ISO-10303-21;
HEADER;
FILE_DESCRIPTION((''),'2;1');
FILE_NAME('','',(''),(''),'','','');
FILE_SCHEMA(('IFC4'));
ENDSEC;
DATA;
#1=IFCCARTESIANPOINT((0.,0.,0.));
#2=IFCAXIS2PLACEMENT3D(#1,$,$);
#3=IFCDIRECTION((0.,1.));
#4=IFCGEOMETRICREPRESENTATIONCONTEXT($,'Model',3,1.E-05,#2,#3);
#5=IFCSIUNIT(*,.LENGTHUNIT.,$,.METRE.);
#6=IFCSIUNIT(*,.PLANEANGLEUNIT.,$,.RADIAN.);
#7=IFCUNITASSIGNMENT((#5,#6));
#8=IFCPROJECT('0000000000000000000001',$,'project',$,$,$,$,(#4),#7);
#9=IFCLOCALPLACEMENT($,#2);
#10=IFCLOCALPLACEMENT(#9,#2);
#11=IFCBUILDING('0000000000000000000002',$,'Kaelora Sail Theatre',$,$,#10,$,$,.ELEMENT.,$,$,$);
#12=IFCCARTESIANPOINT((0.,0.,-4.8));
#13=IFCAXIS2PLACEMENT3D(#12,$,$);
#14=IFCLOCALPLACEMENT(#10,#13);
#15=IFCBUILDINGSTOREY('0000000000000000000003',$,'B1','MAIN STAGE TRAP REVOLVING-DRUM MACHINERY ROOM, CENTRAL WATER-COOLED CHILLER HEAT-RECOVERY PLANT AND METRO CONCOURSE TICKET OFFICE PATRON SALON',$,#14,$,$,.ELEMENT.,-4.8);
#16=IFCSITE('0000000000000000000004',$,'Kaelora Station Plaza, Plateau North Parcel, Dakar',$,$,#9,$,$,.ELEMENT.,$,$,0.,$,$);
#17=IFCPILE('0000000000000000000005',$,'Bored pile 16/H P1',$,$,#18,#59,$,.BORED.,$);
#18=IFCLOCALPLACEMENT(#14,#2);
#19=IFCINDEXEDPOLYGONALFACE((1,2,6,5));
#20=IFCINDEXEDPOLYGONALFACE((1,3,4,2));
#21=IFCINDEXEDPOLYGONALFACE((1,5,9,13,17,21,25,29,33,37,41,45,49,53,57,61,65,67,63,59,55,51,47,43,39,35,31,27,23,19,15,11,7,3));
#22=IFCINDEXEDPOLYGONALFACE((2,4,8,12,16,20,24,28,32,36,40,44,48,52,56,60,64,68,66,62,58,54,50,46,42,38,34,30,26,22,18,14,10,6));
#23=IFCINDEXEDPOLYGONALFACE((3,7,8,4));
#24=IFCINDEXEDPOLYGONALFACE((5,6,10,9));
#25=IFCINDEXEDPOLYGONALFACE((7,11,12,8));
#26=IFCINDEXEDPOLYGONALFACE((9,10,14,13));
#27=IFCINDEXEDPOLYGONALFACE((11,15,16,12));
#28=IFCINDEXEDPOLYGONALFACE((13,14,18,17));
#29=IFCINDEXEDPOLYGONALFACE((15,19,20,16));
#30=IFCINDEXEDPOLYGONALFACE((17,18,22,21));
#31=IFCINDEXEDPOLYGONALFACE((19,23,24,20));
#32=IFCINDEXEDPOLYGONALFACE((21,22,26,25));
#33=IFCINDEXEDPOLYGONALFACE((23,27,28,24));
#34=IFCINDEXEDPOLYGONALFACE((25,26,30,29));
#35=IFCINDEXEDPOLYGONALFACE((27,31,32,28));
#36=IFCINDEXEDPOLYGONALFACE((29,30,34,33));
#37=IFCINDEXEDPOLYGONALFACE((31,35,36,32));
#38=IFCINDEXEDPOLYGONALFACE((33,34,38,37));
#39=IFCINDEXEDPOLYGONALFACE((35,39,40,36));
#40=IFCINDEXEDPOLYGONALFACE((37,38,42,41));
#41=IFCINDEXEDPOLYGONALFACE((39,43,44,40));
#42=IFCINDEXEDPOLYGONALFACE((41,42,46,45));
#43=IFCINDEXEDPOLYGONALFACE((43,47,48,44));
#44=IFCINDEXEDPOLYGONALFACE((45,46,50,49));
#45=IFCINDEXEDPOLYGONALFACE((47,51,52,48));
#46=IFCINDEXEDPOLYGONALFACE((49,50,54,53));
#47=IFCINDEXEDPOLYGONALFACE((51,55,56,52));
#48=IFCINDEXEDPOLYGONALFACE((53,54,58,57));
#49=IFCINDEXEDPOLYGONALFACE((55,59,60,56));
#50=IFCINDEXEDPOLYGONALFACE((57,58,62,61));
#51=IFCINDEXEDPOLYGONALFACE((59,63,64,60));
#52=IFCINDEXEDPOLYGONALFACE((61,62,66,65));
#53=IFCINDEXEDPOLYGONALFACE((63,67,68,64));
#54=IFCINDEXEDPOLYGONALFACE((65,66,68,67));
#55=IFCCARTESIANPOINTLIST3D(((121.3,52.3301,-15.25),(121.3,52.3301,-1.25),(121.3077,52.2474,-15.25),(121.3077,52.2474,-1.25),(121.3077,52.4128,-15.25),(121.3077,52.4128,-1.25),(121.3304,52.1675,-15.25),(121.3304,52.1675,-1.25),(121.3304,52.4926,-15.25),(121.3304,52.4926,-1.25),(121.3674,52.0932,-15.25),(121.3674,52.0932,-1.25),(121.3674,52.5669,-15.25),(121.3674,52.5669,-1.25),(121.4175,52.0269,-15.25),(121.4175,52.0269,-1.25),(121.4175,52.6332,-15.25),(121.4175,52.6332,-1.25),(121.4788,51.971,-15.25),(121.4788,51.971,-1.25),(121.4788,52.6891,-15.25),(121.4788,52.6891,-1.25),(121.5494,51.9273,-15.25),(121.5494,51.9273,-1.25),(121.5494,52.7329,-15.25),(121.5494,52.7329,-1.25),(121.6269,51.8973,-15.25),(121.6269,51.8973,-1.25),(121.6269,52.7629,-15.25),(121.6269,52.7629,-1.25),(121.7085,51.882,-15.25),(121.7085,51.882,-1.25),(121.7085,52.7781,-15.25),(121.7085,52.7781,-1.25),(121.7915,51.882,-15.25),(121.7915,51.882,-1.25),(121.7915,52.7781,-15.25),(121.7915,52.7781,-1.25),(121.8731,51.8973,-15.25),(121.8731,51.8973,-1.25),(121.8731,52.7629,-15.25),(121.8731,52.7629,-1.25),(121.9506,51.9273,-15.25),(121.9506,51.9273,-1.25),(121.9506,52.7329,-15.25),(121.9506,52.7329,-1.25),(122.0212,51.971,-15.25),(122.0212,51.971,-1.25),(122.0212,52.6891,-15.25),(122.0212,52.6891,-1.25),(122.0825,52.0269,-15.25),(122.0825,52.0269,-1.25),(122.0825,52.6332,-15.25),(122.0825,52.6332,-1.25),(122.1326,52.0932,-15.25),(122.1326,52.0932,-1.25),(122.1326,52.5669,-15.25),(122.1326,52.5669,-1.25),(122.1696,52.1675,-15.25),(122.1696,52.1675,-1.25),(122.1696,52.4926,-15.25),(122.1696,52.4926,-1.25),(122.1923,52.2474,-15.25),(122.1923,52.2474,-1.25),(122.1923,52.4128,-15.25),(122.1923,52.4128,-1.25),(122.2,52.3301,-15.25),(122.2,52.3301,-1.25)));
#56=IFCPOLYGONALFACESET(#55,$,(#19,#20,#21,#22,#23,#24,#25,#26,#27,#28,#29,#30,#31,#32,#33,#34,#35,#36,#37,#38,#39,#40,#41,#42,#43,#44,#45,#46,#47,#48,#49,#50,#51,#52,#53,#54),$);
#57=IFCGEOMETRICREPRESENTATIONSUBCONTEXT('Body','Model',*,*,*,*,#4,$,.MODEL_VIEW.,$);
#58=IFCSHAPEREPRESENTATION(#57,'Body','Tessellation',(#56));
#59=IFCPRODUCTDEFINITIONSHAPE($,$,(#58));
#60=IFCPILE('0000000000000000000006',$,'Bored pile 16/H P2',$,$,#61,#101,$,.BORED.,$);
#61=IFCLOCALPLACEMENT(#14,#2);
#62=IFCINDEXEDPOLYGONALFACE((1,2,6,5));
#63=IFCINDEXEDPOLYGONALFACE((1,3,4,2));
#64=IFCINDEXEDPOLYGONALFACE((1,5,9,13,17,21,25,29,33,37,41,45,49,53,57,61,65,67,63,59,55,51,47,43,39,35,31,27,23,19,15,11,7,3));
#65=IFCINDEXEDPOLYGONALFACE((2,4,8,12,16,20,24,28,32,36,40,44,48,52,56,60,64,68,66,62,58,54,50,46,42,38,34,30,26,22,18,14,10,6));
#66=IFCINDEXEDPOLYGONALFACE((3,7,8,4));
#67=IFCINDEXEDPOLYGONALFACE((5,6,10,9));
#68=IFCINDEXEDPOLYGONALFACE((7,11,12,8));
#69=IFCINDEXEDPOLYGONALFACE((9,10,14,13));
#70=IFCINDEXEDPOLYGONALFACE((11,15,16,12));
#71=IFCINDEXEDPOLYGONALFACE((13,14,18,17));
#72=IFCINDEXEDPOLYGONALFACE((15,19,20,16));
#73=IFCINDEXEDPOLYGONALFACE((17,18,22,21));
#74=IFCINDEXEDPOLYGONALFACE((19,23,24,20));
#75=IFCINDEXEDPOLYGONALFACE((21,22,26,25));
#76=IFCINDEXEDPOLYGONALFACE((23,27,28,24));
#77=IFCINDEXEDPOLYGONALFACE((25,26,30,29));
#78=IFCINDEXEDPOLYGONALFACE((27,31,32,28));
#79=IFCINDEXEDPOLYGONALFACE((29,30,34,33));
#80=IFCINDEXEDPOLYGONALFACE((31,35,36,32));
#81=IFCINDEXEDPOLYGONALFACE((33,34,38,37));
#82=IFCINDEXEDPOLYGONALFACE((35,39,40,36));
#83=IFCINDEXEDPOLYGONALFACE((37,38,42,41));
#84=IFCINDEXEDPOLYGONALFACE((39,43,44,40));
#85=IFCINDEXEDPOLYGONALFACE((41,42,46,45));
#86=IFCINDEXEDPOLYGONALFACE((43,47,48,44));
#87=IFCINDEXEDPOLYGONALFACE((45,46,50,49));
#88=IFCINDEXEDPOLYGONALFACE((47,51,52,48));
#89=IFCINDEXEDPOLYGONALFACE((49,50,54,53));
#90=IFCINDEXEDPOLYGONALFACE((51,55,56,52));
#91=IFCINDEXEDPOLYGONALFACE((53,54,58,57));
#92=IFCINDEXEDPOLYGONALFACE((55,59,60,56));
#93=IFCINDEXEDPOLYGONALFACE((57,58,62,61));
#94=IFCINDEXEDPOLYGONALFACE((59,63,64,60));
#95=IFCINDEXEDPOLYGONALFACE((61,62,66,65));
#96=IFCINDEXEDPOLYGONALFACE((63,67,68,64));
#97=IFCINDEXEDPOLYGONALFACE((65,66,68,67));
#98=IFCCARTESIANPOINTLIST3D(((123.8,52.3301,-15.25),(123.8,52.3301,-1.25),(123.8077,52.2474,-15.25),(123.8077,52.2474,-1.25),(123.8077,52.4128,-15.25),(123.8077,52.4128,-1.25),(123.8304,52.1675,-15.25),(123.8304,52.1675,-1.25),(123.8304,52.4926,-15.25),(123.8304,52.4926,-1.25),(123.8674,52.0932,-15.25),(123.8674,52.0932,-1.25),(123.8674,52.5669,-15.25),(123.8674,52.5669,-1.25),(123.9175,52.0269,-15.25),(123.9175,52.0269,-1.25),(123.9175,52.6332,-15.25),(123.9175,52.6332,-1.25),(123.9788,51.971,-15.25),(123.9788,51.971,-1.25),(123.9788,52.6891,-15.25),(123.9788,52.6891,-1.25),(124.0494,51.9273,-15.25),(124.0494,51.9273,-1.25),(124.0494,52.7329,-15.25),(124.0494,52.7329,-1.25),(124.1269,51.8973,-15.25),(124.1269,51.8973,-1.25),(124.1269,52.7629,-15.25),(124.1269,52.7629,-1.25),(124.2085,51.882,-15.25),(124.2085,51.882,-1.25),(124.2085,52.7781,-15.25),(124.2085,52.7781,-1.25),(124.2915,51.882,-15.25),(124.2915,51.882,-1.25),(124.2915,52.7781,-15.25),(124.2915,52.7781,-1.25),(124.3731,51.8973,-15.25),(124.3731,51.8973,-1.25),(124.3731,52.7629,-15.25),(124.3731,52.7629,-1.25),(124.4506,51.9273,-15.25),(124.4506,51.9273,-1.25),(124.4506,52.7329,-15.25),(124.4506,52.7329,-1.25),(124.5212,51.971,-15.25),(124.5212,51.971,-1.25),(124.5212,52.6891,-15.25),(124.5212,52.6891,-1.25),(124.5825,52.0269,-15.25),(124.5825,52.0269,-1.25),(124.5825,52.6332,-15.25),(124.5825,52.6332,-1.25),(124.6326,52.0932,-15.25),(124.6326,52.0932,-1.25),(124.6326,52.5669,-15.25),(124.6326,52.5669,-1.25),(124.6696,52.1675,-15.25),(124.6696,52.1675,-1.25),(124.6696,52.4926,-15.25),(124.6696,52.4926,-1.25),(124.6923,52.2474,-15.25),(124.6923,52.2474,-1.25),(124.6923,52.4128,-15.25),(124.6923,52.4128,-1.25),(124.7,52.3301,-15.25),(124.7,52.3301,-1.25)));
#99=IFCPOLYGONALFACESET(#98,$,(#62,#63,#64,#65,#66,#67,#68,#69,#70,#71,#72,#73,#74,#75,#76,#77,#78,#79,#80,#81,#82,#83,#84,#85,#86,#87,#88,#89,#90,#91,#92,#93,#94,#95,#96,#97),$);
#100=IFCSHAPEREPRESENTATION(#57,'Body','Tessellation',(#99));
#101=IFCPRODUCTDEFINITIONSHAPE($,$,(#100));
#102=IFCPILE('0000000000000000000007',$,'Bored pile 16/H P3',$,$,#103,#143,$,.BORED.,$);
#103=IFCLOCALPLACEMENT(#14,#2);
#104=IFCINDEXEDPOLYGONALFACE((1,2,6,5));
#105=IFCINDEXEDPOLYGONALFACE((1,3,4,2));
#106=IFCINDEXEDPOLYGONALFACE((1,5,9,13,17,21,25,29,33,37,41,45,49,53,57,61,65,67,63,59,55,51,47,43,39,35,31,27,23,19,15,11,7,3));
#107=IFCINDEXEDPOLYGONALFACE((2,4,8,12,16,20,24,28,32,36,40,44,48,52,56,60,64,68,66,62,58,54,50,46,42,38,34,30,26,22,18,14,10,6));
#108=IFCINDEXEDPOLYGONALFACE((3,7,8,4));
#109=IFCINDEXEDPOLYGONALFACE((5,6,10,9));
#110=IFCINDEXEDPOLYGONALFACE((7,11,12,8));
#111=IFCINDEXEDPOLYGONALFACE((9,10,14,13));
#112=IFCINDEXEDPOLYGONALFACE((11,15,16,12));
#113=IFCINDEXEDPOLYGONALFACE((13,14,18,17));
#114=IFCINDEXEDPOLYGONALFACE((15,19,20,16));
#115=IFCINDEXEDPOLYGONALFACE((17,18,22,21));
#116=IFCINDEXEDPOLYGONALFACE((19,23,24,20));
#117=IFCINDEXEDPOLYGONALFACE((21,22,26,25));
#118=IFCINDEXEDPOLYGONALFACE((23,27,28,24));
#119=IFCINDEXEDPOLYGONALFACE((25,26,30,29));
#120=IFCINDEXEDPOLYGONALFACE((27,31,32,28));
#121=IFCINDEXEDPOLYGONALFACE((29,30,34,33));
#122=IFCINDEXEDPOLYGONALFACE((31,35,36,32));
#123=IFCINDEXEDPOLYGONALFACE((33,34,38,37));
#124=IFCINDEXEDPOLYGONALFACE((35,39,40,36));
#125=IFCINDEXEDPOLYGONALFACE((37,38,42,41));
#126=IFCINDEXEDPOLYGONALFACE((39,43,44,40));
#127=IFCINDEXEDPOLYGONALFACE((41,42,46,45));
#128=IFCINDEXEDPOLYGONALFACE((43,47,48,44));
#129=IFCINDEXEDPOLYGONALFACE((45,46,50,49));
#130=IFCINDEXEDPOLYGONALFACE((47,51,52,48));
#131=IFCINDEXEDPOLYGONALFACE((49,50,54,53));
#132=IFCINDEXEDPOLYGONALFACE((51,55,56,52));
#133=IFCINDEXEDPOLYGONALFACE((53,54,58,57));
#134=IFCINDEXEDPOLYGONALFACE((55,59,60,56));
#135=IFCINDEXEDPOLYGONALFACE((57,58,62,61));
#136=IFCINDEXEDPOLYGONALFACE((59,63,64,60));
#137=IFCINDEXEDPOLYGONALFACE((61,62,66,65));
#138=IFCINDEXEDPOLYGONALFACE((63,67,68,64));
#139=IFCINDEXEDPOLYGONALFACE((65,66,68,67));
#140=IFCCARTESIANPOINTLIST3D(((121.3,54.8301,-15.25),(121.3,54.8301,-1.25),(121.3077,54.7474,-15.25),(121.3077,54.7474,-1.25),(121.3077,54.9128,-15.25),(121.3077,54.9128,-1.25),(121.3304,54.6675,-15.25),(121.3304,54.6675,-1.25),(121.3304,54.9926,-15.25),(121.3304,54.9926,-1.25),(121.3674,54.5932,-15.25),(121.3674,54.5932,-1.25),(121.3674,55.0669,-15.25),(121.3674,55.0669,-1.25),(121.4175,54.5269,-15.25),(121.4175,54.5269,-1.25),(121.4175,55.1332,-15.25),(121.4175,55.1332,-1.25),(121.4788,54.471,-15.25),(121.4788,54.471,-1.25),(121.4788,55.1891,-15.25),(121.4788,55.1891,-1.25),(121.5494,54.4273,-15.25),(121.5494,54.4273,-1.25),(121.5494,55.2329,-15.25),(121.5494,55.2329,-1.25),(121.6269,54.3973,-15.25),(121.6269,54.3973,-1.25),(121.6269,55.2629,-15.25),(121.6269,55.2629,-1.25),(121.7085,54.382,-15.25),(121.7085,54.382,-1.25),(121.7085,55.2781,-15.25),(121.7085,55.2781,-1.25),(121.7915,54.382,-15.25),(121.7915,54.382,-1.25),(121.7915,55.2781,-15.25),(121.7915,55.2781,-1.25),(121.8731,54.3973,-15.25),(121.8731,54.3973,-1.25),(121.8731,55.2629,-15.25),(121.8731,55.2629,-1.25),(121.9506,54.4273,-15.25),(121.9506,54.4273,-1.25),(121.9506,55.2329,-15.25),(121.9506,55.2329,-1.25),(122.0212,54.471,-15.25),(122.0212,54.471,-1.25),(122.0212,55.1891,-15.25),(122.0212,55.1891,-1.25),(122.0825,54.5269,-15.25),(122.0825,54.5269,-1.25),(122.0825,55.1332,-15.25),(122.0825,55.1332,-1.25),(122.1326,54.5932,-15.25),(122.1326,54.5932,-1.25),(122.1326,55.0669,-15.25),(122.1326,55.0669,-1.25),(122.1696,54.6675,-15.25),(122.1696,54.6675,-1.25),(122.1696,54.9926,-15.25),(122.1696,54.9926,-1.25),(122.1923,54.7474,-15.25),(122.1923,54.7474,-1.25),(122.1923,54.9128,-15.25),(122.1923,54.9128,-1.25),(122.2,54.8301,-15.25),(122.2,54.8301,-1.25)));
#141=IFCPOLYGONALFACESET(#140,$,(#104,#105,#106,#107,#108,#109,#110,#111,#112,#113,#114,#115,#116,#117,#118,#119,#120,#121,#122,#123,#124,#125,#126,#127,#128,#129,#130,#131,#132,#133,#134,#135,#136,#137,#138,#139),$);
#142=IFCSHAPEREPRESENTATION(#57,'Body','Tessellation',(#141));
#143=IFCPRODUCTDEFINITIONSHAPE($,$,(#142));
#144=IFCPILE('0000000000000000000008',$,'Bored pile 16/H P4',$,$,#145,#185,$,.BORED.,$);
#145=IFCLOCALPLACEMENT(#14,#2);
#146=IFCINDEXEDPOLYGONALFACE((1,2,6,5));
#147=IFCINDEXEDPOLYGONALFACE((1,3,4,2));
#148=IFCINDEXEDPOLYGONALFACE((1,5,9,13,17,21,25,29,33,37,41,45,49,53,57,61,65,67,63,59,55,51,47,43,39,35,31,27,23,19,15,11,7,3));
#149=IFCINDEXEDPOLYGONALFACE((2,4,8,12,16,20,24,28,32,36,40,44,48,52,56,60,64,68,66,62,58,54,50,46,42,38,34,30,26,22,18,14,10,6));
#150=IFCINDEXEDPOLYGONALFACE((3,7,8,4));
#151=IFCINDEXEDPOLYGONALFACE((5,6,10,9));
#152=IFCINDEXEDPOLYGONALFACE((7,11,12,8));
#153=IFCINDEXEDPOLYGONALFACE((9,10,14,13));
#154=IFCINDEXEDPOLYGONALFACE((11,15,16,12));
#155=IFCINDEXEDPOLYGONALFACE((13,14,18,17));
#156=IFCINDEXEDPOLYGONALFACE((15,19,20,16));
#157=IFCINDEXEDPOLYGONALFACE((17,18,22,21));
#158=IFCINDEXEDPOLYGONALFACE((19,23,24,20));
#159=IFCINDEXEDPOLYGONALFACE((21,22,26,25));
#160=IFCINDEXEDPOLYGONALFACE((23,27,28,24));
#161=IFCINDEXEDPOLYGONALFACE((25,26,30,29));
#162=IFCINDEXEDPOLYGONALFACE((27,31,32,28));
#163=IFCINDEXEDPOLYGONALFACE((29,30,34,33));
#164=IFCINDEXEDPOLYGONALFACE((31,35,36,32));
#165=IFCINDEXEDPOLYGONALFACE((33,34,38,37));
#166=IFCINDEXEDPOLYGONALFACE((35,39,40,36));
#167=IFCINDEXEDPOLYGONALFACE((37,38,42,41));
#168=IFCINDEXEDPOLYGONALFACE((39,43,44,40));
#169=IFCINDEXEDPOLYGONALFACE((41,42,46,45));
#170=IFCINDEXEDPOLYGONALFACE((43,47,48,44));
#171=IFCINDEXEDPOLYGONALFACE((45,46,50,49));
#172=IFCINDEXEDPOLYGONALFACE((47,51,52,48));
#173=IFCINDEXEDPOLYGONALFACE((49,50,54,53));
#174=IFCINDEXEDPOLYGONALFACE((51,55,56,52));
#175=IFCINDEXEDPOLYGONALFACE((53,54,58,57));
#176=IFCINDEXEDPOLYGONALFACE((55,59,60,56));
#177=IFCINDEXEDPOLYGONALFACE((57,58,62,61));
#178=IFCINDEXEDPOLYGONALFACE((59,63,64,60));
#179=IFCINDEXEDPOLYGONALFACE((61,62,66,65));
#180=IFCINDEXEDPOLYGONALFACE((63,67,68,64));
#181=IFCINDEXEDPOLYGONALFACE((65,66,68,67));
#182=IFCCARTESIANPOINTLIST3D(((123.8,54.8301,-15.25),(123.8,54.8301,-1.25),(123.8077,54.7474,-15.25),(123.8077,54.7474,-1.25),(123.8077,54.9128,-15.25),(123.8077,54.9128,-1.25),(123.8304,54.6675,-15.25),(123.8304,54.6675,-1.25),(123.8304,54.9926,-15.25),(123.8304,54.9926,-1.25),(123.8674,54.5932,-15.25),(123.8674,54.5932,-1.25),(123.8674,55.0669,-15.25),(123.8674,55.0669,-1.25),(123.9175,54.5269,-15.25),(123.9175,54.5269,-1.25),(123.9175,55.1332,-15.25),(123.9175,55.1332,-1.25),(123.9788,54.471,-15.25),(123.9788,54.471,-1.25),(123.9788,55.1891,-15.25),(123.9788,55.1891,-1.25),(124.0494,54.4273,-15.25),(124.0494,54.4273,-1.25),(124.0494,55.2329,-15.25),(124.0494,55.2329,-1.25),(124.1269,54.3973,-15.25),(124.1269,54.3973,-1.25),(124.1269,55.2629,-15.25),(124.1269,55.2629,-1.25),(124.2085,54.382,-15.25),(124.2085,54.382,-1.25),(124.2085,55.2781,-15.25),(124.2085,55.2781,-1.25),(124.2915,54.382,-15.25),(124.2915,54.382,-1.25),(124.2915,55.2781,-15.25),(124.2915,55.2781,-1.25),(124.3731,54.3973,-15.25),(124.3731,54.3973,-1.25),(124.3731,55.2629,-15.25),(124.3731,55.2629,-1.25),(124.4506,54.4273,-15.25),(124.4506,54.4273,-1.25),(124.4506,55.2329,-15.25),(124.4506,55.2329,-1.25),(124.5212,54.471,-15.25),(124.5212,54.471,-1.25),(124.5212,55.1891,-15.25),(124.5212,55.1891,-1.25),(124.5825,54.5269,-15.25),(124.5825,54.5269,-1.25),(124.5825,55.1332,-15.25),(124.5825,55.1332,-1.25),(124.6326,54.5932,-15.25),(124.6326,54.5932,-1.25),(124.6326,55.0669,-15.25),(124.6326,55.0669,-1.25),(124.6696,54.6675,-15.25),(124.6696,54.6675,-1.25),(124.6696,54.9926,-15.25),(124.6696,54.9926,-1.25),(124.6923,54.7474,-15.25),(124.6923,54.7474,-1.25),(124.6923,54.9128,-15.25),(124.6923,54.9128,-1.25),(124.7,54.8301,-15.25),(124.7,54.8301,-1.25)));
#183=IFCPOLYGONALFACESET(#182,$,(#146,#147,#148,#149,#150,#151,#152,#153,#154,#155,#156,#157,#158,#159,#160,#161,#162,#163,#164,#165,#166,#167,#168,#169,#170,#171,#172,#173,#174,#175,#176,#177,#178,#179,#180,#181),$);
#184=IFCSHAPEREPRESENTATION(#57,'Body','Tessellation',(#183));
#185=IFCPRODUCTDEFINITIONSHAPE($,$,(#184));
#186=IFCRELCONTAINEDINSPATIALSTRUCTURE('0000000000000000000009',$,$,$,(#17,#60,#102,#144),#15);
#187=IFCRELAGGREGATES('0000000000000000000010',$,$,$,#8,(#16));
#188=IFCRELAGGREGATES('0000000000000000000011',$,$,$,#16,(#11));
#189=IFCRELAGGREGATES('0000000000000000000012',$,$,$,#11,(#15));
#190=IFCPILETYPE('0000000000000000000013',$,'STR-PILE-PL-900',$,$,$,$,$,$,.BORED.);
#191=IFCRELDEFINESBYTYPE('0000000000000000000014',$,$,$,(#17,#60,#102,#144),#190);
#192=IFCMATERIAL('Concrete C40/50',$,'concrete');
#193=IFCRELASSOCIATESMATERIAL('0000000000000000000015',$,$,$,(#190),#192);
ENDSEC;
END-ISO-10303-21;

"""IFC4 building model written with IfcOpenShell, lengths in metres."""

from ifc_helpers import new_model, si_unit, direction, frame, origin, origin_2d, place, context, subcontext, project, spatial, circle, extrude, material, material_profile, profile_set, type_object, element, save


model = new_model("IFC4")

# Units and contexts
model_context = context("Model", 3, precision=1e-05, world=origin(), true_north=direction((0.0, 1.0)))
body_context = subcontext(model_context, "Body", "Model", "MODEL_VIEW")
ifc_project = project(units=[si_unit("LENGTHUNIT", "METRE"), si_unit("PLANEANGLEUNIT", "RADIAN")], contexts=[model_context])

# Site, building, storey
site_placement = place(None, origin())
site = spatial("IfcSite", under=ifc_project, at=site_placement, Name="Kaelora Station Plaza, Plateau North Parcel, Dakar", CompositionType="ELEMENT", RefElevation=0.0)
building_placement = place(site_placement, origin())
building = spatial("IfcBuilding", under=site, at=building_placement, Name="Kaelora Sail Theatre", CompositionType="ELEMENT")
storey_placement = place(building_placement, frame((0.0, 0.0, -4.8)))
storey = spatial("IfcBuildingStorey", under=building, at=storey_placement, Name="B1", Description="MAIN STAGE TRAP REVOLVING-DRUM MACHINERY ROOM, CENTRAL WATER-COOLED CHILLER HEAT-RECOVERY PLANT AND METRO CONCOURSE TICKET OFFICE PATRON SALON", CompositionType="ELEMENT", Elevation=-4.8)

# Piles
ifc_material_1 = material(Name="Concrete C40/50", Category="concrete")
ifc_material_profile_1 = material_profile(ifc_material_1, circle(Radius=0.45, at=origin_2d()), Name="PILE D900")
ifc_profile_set_1 = profile_set([ifc_material_profile_1], Name="Concrete C40/50")
pile_type_1 = type_object("IfcPileType", Name="STR-PILE-PL-900", PredefinedType="BORED", material=ifc_profile_set_1)
for number, where, z_axis, x_axis, name in (
    (1, (121.75, 52.3301, -1.25), (0.0, 0.0, -1.0), (1.0, 0.0, 0.0), "Bored pile 16/H P1"),
    (2, (124.25, 52.3301, -1.25), (0.0, 0.0, -1.0), (1.0, 0.0, 0.0), "Bored pile 16/H P2"),
    (3, (121.75, 54.8301, -1.25), (0.0, 0.0, -1.0), (1.0, 0.0, 0.0), "Bored pile 16/H P3"),
    (4, (124.25, 54.8301, -1.25), (0.0, 0.0, -1.0), (1.0, 0.0, 0.0), "Bored pile 16/H P4"),
):
    element("IfcPile", number, at=place(storey_placement, frame(where, z_axis=z_axis, x_axis=x_axis)), inside=storey, type_object=pile_type_1, Name=name, PredefinedType="BORED", context=body_context, shape_type="SweptSolid", body=[
        extrude(circle(Radius=0.45, at=origin_2d()), origin(), (0.0, 0.0, 1.0), 14.0),
    ])

save(model, "model.ifc")
